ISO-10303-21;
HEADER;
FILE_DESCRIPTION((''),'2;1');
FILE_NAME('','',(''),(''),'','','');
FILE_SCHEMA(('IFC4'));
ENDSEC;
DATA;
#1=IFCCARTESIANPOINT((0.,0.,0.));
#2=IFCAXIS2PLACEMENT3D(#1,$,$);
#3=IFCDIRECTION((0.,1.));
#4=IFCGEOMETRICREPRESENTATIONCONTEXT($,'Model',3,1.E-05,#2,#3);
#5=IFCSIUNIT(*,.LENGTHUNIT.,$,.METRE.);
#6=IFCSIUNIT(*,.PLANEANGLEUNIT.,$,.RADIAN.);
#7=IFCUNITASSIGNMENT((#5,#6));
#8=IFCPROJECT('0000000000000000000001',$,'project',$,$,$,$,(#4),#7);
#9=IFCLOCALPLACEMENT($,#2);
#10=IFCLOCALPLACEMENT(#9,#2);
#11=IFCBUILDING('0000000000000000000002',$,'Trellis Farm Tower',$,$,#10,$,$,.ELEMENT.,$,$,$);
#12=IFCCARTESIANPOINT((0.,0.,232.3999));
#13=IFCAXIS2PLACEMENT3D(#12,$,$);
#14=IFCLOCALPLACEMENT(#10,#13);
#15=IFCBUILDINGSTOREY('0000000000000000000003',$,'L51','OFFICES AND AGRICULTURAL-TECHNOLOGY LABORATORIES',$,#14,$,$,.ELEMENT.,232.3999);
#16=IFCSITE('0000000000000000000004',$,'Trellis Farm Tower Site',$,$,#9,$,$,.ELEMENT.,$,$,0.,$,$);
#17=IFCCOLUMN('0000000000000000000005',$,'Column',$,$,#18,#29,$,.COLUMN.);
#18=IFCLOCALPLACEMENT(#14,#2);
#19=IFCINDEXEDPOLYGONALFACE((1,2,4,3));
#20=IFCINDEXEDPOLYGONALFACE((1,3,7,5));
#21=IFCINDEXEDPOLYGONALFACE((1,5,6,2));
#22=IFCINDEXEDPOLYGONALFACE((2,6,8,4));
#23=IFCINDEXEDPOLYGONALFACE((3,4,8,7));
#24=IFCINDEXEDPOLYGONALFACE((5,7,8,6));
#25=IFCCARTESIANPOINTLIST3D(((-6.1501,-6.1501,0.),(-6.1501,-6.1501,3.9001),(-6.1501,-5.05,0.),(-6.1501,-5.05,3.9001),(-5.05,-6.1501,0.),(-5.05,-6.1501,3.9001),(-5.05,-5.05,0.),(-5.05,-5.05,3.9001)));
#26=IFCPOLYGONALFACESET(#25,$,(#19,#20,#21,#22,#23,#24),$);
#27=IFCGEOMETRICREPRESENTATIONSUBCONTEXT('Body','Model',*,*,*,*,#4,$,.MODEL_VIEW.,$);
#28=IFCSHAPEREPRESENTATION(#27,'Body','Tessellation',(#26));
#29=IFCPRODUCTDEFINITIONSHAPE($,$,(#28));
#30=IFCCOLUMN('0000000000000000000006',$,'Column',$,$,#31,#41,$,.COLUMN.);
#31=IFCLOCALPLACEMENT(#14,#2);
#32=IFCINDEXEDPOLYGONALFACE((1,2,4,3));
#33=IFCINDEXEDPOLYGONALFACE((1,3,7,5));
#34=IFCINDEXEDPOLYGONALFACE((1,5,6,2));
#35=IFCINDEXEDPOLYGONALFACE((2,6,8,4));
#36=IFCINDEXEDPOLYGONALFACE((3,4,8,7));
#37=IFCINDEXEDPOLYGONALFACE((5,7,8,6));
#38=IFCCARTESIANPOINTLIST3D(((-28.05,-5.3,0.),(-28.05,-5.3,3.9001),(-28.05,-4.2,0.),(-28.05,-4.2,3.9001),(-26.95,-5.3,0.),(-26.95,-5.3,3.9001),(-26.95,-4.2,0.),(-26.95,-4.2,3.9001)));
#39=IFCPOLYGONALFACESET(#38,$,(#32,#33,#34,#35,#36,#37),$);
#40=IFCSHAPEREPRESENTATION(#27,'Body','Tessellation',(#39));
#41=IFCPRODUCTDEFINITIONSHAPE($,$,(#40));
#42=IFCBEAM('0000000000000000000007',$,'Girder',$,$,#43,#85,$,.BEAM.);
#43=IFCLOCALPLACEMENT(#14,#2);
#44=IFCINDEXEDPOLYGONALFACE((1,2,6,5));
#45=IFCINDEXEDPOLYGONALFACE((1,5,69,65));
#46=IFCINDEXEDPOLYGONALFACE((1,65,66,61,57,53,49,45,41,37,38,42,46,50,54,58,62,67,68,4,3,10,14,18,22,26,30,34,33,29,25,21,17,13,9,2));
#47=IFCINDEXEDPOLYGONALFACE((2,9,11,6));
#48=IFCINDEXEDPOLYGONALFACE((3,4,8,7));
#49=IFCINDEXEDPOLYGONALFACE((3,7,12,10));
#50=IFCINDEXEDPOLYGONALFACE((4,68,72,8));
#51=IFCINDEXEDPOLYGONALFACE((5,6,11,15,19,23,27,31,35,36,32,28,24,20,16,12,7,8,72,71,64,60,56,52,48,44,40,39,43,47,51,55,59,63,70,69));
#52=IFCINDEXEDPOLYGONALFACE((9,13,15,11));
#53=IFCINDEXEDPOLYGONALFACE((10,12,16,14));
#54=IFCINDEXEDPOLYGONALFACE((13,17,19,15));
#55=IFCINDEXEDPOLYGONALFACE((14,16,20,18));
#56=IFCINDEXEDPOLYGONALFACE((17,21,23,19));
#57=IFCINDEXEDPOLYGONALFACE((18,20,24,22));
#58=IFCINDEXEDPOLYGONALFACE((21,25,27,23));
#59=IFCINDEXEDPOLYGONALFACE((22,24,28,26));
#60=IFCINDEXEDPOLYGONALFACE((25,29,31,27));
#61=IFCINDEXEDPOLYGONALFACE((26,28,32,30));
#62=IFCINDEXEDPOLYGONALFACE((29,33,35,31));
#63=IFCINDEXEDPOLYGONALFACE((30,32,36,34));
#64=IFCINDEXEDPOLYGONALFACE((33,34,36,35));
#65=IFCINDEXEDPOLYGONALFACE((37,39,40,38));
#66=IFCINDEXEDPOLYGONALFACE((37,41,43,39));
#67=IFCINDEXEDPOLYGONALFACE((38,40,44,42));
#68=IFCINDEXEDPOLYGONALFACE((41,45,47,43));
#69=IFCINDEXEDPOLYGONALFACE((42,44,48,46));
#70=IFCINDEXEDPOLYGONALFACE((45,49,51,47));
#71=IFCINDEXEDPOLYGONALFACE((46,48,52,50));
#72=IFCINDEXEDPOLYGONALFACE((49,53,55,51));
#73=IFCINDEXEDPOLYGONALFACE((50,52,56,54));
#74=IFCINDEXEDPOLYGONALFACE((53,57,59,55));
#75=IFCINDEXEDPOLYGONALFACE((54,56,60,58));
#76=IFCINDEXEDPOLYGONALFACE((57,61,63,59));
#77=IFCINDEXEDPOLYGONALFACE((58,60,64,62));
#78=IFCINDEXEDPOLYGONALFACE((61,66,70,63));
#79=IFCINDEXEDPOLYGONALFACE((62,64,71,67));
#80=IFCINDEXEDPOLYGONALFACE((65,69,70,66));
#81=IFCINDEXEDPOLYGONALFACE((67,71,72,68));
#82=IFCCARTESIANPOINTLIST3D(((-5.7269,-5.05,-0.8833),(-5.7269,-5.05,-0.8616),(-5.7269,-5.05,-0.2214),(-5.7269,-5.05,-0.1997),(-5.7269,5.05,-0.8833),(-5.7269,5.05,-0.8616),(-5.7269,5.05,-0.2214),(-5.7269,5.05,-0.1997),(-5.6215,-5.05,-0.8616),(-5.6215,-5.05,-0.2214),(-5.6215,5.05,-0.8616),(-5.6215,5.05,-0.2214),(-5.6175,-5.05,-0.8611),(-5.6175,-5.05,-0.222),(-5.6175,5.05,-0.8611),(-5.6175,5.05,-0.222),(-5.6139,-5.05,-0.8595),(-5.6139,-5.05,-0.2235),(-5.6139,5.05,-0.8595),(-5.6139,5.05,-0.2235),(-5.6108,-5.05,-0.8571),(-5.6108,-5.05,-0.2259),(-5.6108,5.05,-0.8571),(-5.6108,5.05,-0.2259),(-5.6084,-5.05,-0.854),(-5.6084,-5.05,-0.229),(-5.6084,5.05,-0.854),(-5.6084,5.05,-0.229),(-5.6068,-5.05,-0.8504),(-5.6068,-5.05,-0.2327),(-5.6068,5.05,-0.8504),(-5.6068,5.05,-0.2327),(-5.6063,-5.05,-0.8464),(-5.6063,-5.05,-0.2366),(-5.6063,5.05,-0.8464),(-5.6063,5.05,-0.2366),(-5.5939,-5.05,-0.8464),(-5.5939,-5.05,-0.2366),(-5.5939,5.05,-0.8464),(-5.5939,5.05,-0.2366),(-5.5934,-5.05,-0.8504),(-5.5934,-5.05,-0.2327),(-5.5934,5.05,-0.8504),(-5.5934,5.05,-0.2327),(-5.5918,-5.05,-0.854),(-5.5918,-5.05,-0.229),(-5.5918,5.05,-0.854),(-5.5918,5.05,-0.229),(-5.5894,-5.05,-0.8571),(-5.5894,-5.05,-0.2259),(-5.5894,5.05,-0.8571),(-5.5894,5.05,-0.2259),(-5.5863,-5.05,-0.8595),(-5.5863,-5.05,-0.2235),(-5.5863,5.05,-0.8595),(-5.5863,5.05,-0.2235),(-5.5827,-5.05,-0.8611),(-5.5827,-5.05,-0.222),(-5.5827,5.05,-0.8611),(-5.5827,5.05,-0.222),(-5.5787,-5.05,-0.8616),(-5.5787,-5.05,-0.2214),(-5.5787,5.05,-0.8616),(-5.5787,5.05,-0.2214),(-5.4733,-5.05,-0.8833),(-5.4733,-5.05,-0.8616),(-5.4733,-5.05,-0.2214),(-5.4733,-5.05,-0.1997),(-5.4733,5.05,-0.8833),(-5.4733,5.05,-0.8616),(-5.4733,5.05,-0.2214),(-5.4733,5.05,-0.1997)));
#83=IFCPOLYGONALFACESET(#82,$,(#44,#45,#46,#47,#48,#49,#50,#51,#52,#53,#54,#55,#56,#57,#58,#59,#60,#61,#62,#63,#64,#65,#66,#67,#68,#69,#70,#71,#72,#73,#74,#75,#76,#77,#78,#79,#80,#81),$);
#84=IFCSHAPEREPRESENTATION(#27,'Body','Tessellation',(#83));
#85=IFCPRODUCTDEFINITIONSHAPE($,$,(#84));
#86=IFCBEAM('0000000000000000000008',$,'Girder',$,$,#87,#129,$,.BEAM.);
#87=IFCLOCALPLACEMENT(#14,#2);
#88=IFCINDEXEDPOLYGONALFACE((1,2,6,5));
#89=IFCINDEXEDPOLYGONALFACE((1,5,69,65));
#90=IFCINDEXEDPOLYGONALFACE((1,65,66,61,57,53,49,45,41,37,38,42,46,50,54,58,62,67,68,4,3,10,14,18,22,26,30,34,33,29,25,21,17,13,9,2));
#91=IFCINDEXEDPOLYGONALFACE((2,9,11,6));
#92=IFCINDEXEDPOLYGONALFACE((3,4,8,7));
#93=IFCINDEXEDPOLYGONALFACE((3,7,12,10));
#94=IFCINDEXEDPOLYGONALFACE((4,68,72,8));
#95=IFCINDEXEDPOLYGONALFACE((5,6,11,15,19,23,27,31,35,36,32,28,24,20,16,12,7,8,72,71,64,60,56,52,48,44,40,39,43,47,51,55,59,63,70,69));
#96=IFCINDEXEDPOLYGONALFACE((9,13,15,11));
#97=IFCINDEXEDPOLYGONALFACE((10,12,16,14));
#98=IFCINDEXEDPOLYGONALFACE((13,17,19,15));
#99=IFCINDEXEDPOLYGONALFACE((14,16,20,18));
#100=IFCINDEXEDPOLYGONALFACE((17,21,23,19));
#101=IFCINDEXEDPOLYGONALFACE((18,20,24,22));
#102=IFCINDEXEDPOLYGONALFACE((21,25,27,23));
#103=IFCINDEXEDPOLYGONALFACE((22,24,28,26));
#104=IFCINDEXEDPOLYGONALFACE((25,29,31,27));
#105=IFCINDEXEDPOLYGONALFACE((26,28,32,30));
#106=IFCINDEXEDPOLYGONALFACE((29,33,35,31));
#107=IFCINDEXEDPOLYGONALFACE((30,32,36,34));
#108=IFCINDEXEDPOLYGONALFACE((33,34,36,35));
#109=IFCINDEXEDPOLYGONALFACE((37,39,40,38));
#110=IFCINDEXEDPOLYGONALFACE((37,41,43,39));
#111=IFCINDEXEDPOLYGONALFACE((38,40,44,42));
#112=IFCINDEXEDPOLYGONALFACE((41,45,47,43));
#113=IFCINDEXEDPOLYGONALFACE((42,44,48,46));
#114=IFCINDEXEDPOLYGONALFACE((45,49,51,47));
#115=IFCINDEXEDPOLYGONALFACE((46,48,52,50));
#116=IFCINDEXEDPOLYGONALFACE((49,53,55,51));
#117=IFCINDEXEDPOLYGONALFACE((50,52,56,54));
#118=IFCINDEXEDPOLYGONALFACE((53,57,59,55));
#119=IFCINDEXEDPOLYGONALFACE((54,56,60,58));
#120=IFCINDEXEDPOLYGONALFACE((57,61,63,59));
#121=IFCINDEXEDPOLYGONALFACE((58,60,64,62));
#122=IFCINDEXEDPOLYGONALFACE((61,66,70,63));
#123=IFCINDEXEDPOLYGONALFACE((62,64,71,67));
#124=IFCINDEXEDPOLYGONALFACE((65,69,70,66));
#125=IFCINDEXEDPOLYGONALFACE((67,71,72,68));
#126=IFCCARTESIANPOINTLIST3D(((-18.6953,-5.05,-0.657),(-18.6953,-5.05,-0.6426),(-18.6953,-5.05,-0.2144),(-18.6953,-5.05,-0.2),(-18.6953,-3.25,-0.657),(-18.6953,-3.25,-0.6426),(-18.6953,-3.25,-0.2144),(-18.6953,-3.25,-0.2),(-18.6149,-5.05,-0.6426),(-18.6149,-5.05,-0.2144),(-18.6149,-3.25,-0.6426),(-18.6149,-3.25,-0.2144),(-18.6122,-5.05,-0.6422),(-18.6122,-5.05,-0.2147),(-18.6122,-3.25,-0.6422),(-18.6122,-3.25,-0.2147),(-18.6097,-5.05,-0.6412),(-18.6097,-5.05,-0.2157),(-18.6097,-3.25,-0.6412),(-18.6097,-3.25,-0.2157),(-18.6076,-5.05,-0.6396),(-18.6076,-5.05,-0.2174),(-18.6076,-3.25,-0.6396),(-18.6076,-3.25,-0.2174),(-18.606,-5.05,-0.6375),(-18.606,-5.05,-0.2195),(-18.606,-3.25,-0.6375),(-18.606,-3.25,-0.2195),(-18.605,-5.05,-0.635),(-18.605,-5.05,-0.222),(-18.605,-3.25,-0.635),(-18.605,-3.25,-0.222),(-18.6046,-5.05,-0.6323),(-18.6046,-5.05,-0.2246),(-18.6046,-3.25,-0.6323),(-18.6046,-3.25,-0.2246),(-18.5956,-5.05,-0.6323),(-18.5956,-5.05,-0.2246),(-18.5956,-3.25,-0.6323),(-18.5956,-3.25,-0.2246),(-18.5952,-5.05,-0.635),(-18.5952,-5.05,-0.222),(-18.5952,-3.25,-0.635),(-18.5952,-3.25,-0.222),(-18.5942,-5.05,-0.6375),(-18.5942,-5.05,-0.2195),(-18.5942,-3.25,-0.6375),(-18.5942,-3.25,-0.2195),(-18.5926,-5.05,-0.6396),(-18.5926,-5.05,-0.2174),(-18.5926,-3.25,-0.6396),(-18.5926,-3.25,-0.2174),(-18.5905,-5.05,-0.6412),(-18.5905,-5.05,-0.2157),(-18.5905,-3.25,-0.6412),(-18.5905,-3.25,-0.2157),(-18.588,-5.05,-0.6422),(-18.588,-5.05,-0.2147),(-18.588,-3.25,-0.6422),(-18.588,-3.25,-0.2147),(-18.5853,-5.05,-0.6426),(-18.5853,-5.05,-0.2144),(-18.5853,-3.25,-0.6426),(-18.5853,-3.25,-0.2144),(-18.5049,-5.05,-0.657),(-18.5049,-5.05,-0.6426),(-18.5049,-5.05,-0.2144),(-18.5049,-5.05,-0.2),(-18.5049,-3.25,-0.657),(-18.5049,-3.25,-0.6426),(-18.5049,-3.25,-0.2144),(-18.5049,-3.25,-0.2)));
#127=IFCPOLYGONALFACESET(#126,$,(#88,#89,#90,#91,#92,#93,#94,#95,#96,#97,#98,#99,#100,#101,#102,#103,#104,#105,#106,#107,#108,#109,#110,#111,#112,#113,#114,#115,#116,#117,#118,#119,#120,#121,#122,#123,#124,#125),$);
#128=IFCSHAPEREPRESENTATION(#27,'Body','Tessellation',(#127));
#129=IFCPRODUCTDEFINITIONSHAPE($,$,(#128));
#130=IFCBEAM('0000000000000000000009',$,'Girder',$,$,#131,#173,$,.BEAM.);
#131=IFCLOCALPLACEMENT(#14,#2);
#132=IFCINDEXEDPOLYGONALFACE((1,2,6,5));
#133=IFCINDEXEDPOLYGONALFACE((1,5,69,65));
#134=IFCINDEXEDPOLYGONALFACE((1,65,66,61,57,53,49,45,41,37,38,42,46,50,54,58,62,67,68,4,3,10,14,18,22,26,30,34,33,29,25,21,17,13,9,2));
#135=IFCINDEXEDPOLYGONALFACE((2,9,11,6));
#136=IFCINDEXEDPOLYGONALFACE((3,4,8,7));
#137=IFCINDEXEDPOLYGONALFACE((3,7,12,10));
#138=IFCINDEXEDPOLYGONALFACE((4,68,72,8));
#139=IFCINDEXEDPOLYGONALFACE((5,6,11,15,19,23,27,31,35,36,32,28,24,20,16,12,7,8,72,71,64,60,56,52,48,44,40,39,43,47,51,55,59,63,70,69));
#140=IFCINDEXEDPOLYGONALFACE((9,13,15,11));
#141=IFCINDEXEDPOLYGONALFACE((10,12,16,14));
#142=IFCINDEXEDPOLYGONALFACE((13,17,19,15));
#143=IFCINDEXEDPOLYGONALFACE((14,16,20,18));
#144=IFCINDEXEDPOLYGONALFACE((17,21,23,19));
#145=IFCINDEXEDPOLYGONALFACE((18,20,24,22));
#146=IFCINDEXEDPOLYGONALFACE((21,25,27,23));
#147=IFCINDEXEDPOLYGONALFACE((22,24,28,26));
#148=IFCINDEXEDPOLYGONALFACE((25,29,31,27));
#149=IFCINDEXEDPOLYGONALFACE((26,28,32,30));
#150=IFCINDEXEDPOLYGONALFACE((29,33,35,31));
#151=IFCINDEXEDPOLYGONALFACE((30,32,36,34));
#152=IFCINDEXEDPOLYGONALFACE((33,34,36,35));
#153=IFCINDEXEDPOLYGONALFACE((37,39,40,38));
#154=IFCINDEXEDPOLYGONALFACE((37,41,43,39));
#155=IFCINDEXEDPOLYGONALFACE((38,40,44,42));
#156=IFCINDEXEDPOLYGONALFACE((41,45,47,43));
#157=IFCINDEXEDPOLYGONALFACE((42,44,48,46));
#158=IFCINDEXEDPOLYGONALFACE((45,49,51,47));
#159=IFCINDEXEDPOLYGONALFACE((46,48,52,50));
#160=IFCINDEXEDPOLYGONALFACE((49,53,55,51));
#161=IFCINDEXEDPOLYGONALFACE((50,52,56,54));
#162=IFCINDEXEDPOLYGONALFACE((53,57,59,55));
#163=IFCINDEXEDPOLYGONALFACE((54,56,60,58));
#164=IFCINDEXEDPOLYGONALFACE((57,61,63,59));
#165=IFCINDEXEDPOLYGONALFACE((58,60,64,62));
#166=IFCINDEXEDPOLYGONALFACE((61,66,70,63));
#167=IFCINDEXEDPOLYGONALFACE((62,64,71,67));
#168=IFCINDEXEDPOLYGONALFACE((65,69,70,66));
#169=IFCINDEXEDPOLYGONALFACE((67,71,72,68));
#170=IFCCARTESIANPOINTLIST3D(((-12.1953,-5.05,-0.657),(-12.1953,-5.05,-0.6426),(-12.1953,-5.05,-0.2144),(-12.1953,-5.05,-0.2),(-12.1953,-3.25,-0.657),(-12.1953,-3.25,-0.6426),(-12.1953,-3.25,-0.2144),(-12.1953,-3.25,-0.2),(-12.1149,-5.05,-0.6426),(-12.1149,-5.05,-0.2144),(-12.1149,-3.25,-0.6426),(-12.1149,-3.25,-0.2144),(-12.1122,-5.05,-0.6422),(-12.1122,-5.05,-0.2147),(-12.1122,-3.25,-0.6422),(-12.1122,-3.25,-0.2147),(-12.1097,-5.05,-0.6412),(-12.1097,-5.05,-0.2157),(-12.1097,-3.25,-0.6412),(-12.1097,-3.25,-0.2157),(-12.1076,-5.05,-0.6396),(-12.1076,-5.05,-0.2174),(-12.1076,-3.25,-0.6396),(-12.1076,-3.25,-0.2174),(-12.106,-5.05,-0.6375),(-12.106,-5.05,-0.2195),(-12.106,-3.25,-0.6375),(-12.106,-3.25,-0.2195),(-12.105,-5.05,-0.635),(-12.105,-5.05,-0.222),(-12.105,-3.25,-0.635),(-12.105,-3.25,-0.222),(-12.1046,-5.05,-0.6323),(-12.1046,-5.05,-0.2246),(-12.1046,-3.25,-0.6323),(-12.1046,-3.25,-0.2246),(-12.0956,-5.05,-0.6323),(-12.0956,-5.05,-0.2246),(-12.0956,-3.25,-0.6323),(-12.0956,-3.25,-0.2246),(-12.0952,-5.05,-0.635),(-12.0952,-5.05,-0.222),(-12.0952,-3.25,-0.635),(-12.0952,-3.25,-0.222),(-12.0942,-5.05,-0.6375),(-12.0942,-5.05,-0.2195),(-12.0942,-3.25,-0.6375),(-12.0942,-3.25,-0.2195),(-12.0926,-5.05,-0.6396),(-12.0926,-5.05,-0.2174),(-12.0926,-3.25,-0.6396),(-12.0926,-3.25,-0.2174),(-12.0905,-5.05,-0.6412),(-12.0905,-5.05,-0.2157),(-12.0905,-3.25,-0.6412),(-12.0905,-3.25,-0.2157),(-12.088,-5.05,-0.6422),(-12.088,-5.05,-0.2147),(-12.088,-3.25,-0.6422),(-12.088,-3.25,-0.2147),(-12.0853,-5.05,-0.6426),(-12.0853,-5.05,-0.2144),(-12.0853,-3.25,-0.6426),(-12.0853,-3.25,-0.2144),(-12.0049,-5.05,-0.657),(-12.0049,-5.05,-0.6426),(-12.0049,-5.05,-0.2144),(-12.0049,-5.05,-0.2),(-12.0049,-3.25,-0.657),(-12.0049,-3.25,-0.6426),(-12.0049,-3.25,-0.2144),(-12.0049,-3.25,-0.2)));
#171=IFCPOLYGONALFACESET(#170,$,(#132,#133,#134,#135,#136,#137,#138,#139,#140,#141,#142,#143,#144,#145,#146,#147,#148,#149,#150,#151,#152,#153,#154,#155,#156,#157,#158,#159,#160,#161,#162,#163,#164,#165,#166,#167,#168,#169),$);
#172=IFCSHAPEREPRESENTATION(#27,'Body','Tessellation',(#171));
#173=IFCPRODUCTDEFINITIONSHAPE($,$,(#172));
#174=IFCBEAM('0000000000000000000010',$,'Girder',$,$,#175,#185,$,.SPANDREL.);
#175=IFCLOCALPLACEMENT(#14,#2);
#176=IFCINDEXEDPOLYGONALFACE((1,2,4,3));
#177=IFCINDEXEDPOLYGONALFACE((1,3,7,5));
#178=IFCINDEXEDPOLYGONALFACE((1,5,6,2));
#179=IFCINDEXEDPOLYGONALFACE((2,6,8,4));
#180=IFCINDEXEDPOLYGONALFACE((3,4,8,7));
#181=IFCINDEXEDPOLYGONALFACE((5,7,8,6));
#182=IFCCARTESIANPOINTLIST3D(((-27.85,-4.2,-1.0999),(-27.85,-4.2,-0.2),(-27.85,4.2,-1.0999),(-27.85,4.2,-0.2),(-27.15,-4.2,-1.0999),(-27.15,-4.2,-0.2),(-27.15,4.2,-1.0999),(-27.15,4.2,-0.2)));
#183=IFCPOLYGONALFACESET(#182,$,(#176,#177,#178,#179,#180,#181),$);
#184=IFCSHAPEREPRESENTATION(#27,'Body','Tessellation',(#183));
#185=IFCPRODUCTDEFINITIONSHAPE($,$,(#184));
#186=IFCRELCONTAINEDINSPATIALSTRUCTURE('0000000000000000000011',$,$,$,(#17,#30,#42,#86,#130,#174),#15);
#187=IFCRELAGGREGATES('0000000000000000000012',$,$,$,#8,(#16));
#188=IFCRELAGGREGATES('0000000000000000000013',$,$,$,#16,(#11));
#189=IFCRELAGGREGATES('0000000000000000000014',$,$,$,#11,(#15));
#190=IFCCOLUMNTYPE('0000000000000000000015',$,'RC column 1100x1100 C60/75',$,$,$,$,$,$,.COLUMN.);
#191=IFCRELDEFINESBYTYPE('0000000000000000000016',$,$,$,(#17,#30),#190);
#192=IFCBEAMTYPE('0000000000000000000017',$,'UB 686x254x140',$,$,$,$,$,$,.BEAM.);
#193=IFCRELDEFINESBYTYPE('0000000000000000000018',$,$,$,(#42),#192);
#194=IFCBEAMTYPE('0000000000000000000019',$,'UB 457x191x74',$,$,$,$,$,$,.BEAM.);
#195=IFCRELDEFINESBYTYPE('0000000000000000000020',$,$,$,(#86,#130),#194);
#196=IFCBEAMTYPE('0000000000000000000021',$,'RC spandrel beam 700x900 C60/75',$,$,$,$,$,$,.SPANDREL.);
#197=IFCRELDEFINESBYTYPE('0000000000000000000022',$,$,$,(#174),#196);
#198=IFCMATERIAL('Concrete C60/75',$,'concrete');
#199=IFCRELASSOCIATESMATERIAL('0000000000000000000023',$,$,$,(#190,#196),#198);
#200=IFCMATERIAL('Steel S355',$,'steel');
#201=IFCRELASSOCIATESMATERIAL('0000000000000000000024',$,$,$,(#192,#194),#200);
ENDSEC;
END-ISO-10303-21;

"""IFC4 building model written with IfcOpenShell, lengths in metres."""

from ifc_helpers import new_model, si_unit, direction, frame, origin, origin_2d, place, context, subcontext, project, spatial, rectangle, i_section, extrude, source, transform, mapped, material, material_profile, profile_set, type_object, element, save


model = new_model("IFC4")

# Units and contexts
model_context = context("Model", 3, precision=1e-05, world=origin(), true_north=direction((0.0, 1.0)))
body_context = subcontext(model_context, "Body", "Model", "MODEL_VIEW")
ifc_project = project(units=[si_unit("LENGTHUNIT", "METRE"), si_unit("PLANEANGLEUNIT", "RADIAN")], contexts=[model_context])

# Site, building, storey
site_placement = place(None, origin())
site = spatial("IfcSite", under=ifc_project, at=site_placement, Name="Trellis Farm Tower Site", CompositionType="ELEMENT", RefElevation=0.0)
building_placement = place(site_placement, origin())
building = spatial("IfcBuilding", under=site, at=building_placement, Name="Trellis Farm Tower", CompositionType="ELEMENT")
storey_placement = place(building_placement, frame((0.0, 0.0, 232.3999)))
storey = spatial("IfcBuildingStorey", under=building, at=storey_placement, Name="L51", Description="OFFICES AND AGRICULTURAL-TECHNOLOGY LABORATORIES", CompositionType="ELEMENT", Elevation=232.3999)

# Columns
ifc_material_1 = material(Name="Concrete C60/75", Category="concrete")
ifc_material_profile_1 = material_profile(ifc_material_1, rectangle(XDim=1.1001, YDim=1.1001, at=origin_2d()), Name="RC column 1100x1100 C60/75")
ifc_profile_set_1 = profile_set([ifc_material_profile_1], Name="Concrete C60/75")
column_type = type_object("IfcColumnType", Name="RC column 1100x1100 C60/75", PredefinedType="COLUMN", material=ifc_profile_set_1)
shared_shape_1 = source(origin(), body_context, "Body", "SweptSolid", [
    extrude(rectangle(XDim=1.1001, YDim=1.1001, at=origin_2d()), origin(), (0.0, 0.0, 1.0), 3.9001),
])
for number, where, z_axis, x_axis, name in (
    (1, (-5.6001, -5.6001, 0.0), (0.0, 0.0, 1.0), (1.0, 0.0, 0.0), "Column"),
    (2, (-27.5, -4.75, 0.0), (0.0, 0.0, 1.0), (1.0, 0.0, 0.0), "Column"),
):
    element("IfcColumn", number, at=place(storey_placement, frame(where, z_axis=z_axis, x_axis=x_axis)), inside=storey, type_object=column_type, Name=name, PredefinedType="COLUMN", context=body_context, shape_type="MappedRepresentation", body=[
        mapped(shared_shape_1, transform((0.0, 0.0, 0.0))),
    ])

# Beams
ifc_material_2 = material(Name="Steel S355", Category="steel")
ifc_material_profile_2 = material_profile(ifc_material_2, i_section(OverallWidth=0.2537, OverallDepth=0.6836, WebThickness=0.0125, FlangeThickness=0.0217, FilletRadius=0.0151, at=origin_2d()), Name="UB 686x254x140")
ifc_profile_set_2 = profile_set([ifc_material_profile_2], Name="Steel S355")
beam_type_1 = type_object("IfcBeamType", Name="UB 686x254x140", PredefinedType="BEAM", material=ifc_profile_set_2)
shared_shape_2 = source(origin(), body_context, "Body", "SweptSolid", [
    extrude(i_section(OverallWidth=0.2537, OverallDepth=0.6836, WebThickness=0.0125, FlangeThickness=0.0217, FilletRadius=0.0151, at=origin_2d()), origin(), (0.0, 0.0, 1.0), 10.1001),
])
beam_1_placement = place(storey_placement, frame((-5.6001, -5.05, -0.5415), z_axis=(0.0, 1.0, 0.0), x_axis=(-1.0, 0.0, 0.0)))
element("IfcBeam", 3, at=beam_1_placement, inside=storey, type_object=beam_type_1, Name="Girder", PredefinedType="BEAM", context=body_context, shape_type="MappedRepresentation", body=[
    mapped(shared_shape_2, transform((0.0, 0.0, 0.0))),
])
ifc_material_profile_3 = material_profile(ifc_material_2, i_section(OverallWidth=0.1904, OverallDepth=0.457, WebThickness=0.009, FlangeThickness=0.0144, FilletRadius=0.0103, at=origin_2d()), Name="UB 457x191x74")
ifc_profile_set_3 = profile_set([ifc_material_profile_3], Name="Steel S355")
beam_type_2 = type_object("IfcBeamType", Name="UB 457x191x74", PredefinedType="BEAM", material=ifc_profile_set_3)
shared_shape_3 = source(origin(), body_context, "Body", "SweptSolid", [
    extrude(i_section(OverallWidth=0.1904, OverallDepth=0.457, WebThickness=0.009, FlangeThickness=0.0144, FilletRadius=0.0103, at=origin_2d()), origin(), (0.0, 0.0, 1.0), 1.8),
])
for number, where, z_axis, x_axis, name in (
    (4, (-18.6001, -5.05, -0.4285), (0.0, 1.0, 0.0), (-1.0, 0.0, 0.0), "Girder"),
    (5, (-12.1001, -5.05, -0.4285), (0.0, 1.0, 0.0), (-1.0, 0.0, 0.0), "Girder"),
):
    element("IfcBeam", number, at=place(storey_placement, frame(where, z_axis=z_axis, x_axis=x_axis)), inside=storey, type_object=beam_type_2, Name=name, PredefinedType="BEAM", context=body_context, shape_type="MappedRepresentation", body=[
        mapped(shared_shape_3, transform((0.0, 0.0, 0.0))),
    ])
ifc_material_profile_4 = material_profile(ifc_material_1, rectangle(XDim=0.7, YDim=0.8999, at=origin_2d()), Name="RC spandrel beam 700x900 C60/75")
ifc_profile_set_4 = profile_set([ifc_material_profile_4], Name="Concrete C60/75")
beam_type_3 = type_object("IfcBeamType", Name="RC spandrel beam 700x900 C60/75", PredefinedType="SPANDREL", material=ifc_profile_set_4)
shared_shape_4 = source(origin(), body_context, "Body", "SweptSolid", [
    extrude(rectangle(XDim=0.7, YDim=0.8999, at=origin_2d()), origin(), (0.0, 0.0, 1.0), 8.3999),
])
beam_2_placement = place(storey_placement, frame((-27.5, -4.2, -0.6499), z_axis=(0.0, 1.0, 0.0), x_axis=(-1.0, 0.0, 0.0)))
element("IfcBeam", 6, at=beam_2_placement, inside=storey, type_object=beam_type_3, Name="Girder", PredefinedType="SPANDREL", context=body_context, shape_type="MappedRepresentation", body=[
    mapped(shared_shape_4, transform((0.0, 0.0, 0.0))),
])

save(model, "model.ifc")
